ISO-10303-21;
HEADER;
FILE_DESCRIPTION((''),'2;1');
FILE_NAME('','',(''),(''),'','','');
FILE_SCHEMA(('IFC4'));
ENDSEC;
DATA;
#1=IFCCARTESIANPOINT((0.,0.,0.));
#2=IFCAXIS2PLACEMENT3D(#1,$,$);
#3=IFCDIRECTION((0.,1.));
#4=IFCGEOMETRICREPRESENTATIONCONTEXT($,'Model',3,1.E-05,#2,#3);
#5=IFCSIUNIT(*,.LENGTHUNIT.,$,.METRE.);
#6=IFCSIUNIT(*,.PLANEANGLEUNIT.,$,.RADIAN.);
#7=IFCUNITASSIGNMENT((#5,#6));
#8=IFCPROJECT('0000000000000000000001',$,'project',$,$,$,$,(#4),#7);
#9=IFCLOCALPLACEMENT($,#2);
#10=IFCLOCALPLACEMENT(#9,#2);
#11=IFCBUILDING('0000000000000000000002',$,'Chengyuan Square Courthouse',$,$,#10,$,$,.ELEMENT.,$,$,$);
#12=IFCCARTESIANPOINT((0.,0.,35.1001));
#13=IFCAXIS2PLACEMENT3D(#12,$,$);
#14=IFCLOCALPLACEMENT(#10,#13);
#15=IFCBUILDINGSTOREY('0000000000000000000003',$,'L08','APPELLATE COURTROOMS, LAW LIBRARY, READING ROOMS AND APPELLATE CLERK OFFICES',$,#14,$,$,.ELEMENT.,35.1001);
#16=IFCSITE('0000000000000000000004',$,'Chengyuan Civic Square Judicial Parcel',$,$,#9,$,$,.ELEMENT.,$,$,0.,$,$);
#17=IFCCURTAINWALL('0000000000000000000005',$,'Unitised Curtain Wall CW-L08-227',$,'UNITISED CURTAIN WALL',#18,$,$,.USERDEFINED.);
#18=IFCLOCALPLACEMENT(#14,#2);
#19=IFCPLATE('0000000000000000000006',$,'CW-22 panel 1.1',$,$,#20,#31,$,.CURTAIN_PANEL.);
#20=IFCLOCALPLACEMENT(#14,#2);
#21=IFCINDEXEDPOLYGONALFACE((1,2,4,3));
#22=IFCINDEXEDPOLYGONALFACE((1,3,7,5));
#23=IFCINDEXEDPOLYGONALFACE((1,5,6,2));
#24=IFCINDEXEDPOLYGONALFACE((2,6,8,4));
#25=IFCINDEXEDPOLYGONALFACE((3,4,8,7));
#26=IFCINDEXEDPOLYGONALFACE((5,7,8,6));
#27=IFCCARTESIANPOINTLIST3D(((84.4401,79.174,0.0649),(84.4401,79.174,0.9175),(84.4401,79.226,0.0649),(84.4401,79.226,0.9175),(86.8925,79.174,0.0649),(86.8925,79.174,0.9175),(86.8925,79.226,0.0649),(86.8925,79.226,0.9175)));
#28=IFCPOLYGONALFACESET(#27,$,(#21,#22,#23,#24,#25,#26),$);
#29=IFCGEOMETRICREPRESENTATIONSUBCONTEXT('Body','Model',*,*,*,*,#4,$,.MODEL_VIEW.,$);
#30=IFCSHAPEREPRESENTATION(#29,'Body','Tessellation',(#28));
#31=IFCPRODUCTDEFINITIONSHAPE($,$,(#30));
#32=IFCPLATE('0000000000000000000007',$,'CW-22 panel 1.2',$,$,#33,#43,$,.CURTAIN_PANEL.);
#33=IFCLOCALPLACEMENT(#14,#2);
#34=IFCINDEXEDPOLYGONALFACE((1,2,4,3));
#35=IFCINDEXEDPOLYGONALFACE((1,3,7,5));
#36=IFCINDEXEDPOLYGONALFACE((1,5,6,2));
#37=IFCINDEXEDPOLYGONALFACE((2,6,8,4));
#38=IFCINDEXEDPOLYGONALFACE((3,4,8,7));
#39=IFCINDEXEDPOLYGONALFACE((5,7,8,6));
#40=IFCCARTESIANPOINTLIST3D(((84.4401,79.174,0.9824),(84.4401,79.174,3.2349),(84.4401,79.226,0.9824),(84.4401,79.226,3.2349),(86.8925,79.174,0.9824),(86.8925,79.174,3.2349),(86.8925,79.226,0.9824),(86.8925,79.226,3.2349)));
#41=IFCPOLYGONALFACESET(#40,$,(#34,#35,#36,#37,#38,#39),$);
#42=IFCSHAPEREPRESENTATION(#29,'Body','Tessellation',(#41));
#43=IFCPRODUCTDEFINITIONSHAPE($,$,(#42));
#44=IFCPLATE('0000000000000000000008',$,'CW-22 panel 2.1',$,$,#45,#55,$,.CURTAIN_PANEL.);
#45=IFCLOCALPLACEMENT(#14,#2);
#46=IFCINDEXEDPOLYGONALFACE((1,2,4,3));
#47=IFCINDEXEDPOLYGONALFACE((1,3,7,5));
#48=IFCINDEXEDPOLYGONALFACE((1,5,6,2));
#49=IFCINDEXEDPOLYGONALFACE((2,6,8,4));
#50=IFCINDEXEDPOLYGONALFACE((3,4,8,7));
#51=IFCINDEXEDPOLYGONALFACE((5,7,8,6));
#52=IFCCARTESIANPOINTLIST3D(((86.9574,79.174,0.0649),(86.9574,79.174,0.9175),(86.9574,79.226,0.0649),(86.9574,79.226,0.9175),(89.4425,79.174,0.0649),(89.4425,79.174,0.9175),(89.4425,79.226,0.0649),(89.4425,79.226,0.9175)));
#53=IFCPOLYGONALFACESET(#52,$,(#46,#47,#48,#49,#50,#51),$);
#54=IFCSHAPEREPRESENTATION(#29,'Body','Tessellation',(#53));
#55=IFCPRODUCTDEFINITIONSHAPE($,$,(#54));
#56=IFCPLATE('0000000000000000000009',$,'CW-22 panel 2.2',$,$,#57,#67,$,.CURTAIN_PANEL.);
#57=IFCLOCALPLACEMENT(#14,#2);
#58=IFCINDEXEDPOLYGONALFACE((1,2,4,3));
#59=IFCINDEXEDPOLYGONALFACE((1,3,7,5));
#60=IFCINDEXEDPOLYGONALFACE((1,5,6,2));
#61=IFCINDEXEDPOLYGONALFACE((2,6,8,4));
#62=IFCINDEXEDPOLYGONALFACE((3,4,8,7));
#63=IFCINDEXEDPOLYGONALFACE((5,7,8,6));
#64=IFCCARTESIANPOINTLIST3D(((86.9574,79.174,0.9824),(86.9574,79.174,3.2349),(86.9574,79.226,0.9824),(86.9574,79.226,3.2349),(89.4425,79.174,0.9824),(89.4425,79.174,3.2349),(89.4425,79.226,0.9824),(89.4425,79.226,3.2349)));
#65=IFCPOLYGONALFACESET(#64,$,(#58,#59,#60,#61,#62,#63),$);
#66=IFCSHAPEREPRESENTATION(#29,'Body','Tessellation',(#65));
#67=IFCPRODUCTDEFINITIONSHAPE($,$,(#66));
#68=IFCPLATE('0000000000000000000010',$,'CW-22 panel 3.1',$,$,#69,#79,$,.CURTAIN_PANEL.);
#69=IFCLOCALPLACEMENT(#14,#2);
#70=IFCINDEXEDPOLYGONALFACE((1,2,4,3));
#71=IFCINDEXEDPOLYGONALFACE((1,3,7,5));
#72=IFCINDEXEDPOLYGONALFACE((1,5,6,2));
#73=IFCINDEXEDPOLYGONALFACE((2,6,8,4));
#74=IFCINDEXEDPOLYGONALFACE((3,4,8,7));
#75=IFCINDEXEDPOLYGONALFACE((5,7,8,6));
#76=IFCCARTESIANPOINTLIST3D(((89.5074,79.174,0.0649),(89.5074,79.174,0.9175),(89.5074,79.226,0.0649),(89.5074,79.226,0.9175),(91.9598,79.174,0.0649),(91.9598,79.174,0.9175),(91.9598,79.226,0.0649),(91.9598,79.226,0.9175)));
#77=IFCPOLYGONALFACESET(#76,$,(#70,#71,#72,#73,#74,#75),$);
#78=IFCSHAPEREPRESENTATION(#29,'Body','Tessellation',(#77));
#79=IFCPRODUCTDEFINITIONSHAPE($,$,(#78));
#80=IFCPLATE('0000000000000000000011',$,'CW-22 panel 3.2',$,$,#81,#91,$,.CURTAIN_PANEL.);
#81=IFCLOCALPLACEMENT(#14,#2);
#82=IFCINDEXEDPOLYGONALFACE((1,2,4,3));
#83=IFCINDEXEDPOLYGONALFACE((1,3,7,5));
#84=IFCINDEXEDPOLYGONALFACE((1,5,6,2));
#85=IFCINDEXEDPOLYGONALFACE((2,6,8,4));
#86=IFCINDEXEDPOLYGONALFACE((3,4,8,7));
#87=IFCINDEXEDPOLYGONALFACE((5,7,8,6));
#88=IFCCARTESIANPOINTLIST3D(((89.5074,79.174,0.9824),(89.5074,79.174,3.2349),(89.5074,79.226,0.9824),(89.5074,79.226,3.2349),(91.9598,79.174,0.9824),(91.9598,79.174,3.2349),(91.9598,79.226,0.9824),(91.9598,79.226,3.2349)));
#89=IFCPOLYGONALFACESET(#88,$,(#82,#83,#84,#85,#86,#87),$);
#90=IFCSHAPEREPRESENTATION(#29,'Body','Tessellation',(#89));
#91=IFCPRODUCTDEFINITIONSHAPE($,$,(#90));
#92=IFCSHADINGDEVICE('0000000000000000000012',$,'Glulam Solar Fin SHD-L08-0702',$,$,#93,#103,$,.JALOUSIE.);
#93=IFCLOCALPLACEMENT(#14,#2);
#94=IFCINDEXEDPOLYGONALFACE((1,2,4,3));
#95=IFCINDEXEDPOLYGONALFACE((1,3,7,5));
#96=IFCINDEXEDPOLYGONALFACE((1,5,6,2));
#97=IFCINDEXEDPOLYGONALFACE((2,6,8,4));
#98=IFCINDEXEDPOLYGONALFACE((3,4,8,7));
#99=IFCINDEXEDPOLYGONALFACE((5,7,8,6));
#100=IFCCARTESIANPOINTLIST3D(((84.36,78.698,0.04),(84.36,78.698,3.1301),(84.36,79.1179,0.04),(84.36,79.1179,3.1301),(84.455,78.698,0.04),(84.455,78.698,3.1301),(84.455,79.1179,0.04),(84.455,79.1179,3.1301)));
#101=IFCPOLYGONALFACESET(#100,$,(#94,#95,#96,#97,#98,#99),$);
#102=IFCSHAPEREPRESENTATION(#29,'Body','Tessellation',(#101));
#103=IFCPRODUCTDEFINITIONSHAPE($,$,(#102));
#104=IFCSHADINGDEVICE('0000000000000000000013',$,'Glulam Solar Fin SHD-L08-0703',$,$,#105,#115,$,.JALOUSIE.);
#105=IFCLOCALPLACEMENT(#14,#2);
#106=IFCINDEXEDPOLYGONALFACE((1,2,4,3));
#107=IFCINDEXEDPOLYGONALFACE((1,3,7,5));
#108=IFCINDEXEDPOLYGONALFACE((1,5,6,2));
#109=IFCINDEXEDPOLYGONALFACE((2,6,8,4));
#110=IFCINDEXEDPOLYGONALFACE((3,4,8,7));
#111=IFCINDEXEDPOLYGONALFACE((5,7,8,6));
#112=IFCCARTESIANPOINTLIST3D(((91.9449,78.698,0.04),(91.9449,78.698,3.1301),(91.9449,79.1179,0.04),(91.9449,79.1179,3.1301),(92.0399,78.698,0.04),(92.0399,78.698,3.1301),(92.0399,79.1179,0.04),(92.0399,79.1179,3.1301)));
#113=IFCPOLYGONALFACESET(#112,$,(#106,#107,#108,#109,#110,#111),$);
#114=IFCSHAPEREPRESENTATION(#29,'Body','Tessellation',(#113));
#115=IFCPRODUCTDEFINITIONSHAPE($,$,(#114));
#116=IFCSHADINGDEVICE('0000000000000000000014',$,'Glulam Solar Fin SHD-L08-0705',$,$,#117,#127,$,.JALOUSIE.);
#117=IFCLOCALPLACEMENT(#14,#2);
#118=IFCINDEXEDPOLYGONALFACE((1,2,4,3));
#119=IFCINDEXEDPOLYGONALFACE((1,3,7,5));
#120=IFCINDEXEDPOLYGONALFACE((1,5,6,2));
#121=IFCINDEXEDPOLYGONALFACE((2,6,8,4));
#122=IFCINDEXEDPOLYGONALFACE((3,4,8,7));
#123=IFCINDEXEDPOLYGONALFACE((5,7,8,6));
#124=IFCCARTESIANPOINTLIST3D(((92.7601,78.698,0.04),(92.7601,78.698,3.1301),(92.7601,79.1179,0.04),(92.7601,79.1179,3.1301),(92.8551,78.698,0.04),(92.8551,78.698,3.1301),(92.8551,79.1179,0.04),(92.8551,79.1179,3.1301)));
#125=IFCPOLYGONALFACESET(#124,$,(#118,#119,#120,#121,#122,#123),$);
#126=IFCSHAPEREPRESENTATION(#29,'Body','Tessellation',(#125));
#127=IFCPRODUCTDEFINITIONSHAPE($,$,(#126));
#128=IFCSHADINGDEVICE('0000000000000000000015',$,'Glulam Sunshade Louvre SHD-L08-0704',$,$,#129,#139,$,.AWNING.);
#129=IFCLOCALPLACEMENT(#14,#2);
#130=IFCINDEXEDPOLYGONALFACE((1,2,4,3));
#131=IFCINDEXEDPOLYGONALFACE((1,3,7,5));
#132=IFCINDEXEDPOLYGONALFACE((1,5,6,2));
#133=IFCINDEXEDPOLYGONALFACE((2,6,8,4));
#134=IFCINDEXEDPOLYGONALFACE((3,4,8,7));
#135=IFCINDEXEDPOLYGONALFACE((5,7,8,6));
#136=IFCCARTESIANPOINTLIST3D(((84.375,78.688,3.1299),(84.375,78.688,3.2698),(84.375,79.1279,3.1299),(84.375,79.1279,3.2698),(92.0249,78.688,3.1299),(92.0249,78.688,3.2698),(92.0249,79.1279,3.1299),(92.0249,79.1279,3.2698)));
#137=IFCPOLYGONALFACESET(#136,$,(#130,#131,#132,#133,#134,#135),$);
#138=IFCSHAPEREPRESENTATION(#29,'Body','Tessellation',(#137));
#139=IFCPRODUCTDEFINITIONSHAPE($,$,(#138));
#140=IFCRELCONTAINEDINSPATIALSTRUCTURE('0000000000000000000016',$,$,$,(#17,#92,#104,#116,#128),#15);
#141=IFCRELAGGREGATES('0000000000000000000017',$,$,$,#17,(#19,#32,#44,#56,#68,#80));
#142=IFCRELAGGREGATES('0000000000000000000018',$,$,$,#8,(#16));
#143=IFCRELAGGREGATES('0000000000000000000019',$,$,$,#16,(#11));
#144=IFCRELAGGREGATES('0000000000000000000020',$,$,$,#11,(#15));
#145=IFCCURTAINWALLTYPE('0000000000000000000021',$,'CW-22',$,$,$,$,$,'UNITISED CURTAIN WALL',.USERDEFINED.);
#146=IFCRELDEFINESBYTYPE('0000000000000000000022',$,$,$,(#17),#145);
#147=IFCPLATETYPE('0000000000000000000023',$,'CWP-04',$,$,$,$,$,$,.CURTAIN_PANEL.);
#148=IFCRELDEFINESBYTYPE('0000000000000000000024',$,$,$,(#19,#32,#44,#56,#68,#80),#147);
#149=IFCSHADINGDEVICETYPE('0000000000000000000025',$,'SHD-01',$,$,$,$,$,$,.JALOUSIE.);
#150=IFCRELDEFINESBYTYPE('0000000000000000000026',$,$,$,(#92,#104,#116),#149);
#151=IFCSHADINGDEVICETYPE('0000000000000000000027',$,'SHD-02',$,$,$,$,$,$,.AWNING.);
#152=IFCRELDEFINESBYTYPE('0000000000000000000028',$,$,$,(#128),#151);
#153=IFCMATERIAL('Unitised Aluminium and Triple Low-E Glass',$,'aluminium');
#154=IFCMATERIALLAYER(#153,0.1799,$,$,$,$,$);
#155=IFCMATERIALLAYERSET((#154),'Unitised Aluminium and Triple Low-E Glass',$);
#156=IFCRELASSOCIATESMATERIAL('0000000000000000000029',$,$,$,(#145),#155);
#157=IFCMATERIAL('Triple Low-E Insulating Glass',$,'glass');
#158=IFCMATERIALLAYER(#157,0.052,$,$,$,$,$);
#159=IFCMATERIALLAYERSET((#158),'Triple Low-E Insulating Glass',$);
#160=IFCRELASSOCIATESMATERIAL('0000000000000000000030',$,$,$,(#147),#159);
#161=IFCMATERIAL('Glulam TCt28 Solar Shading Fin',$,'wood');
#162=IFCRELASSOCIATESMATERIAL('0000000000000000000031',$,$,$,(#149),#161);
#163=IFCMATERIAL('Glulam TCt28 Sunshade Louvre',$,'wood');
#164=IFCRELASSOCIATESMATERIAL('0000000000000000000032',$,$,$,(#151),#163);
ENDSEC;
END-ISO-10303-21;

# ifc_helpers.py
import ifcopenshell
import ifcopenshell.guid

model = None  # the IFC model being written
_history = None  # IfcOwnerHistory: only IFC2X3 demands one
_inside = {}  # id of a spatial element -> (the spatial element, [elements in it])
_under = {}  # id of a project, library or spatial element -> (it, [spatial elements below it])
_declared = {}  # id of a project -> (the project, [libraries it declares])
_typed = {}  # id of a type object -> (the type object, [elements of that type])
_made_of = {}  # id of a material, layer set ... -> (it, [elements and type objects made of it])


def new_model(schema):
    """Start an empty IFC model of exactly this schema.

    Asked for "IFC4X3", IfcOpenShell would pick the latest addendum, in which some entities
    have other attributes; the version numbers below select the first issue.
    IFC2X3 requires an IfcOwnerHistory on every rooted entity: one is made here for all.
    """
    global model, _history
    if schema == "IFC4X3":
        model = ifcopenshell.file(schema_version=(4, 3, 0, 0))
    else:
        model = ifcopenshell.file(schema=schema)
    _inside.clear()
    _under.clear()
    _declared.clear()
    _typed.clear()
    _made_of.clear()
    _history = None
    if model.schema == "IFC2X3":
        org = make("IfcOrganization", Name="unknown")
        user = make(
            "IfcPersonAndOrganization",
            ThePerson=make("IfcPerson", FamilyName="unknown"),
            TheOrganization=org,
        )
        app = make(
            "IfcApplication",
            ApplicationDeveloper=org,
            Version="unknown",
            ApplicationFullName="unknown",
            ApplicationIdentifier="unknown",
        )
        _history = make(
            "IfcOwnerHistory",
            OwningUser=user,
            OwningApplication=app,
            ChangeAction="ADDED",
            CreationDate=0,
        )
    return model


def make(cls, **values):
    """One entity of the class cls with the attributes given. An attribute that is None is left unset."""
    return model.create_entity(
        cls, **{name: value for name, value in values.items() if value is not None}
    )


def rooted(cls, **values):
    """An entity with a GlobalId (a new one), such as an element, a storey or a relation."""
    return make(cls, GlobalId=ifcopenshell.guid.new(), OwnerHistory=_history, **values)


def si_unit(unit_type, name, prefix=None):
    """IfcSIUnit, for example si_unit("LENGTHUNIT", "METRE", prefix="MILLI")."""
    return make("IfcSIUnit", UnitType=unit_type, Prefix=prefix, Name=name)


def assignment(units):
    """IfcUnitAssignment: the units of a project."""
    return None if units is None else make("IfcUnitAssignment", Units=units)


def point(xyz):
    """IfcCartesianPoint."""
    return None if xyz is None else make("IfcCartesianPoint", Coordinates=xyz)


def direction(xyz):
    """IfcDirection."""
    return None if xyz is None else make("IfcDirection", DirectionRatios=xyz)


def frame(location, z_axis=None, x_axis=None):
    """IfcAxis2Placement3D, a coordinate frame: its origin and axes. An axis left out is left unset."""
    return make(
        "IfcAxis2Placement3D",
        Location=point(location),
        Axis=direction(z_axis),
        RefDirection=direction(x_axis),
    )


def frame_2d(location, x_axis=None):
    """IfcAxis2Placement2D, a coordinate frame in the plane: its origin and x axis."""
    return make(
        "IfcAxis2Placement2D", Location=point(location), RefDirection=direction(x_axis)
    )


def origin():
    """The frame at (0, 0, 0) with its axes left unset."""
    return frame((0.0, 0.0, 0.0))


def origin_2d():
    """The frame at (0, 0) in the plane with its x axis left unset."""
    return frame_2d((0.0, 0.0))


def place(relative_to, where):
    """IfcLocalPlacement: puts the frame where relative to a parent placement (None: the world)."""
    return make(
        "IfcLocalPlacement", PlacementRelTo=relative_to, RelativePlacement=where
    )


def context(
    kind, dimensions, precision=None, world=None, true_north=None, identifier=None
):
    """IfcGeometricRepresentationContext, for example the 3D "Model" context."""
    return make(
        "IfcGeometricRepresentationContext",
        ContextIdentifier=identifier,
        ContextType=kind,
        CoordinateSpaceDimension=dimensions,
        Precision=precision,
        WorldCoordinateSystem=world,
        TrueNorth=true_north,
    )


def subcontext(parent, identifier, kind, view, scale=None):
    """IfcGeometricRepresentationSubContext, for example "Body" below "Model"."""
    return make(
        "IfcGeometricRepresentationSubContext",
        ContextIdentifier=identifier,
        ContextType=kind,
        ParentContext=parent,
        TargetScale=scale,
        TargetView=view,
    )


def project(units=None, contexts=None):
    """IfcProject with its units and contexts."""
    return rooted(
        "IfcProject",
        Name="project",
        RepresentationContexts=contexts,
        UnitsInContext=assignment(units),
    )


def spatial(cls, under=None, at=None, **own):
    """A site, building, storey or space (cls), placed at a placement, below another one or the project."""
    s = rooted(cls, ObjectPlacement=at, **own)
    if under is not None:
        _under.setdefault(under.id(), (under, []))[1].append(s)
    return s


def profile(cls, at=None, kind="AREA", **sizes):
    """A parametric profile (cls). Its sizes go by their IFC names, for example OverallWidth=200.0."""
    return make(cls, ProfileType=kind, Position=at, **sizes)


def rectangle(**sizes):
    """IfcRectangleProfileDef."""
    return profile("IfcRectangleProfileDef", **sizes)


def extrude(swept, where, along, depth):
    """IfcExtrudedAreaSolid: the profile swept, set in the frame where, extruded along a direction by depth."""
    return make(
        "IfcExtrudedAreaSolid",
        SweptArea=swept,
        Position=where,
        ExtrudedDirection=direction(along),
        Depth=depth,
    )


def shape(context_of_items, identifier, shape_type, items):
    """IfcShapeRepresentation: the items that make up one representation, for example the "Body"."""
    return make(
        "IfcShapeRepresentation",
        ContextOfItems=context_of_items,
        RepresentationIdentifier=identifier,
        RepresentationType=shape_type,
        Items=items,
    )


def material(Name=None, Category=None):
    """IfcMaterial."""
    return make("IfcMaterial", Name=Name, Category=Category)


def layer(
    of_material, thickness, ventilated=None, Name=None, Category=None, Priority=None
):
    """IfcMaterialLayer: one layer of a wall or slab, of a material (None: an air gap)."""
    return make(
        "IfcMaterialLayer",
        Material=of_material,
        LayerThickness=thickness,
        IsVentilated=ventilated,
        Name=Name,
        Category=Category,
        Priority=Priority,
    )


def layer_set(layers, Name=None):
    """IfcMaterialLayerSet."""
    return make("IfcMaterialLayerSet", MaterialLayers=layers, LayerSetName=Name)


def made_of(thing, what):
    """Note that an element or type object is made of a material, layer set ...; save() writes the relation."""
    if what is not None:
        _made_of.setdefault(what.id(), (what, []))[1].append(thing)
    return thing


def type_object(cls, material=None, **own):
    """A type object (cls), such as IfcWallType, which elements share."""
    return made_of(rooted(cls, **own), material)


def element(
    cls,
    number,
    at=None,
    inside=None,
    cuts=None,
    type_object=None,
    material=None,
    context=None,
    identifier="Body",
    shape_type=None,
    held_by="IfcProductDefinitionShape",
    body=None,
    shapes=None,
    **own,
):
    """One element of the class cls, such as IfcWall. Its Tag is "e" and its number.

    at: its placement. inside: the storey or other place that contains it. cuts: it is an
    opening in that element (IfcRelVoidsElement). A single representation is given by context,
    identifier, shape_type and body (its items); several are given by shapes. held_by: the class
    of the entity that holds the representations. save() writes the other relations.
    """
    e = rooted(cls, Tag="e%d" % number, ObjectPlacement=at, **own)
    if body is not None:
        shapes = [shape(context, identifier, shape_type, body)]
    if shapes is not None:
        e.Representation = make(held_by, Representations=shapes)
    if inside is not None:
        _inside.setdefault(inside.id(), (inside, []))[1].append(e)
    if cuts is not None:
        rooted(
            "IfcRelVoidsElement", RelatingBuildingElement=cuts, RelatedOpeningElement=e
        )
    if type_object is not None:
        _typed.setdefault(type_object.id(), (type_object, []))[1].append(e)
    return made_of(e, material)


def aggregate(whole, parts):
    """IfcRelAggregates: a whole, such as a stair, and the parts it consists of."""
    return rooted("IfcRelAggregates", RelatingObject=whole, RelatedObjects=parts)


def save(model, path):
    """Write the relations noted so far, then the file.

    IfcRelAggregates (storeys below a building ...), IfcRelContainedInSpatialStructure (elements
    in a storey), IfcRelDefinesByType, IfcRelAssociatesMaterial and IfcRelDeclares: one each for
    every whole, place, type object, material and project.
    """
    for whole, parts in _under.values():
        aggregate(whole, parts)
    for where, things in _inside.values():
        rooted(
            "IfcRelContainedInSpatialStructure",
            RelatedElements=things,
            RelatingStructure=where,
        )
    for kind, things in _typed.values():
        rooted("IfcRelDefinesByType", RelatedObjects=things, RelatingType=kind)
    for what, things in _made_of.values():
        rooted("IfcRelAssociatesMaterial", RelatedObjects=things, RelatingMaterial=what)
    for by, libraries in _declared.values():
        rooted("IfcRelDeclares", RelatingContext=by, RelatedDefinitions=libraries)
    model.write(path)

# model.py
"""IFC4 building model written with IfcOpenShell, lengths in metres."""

from ifc_helpers import new_model, si_unit, direction, frame, origin, origin_2d, place, context, subcontext, project, spatial, rectangle, extrude, material, layer, layer_set, type_object, element, aggregate, save


model = new_model("IFC4")

# Units and contexts
model_context = context("Model", 3, precision=1e-05, world=origin(), true_north=direction((0.0, 1.0)))
body_context = subcontext(model_context, "Body", "Model", "MODEL_VIEW")
ifc_project = project(units=[si_unit("LENGTHUNIT", "METRE"), si_unit("PLANEANGLEUNIT", "RADIAN")], contexts=[model_context])

# Site, building, storey
site_placement = place(None, origin())
site = spatial("IfcSite", under=ifc_project, at=site_placement, Name="Chengyuan Civic Square Judicial Parcel", CompositionType="ELEMENT", RefElevation=0.0)
building_placement = place(site_placement, origin())
building = spatial("IfcBuilding", under=site, at=building_placement, Name="Chengyuan Square Courthouse", CompositionType="ELEMENT")
storey_placement = place(building_placement, frame((0.0, 0.0, 35.1001)))
storey = spatial("IfcBuildingStorey", under=building, at=storey_placement, Name="L08", Description="APPELLATE COURTROOMS, LAW LIBRARY, READING ROOMS AND APPELLATE CLERK OFFICES", CompositionType="ELEMENT", Elevation=35.1001)

# Curtain wall, plates
ifc_material_1 = material(Name="Unitised Aluminium and Triple Low-E Glass", Category="aluminium")
ifc_layer_1 = layer(ifc_material_1, 0.1799)
ifc_layer_set_1 = layer_set([ifc_layer_1], Name="Unitised Aluminium and Triple Low-E Glass")
curtain_wall_type = type_object("IfcCurtainWallType", Name="CW-22", ElementType="UNITISED CURTAIN WALL", PredefinedType="USERDEFINED", material=ifc_layer_set_1)
curtain_wall_placement = place(storey_placement, origin())
curtain_wall = element("IfcCurtainWall", 1, at=curtain_wall_placement, inside=storey, type_object=curtain_wall_type, Name="Unitised Curtain Wall CW-L08-227", ObjectType="UNITISED CURTAIN WALL", PredefinedType="USERDEFINED")
ifc_material_2 = material(Name="Triple Low-E Insulating Glass", Category="glass")
ifc_layer_2 = layer(ifc_material_2, 0.052)
ifc_layer_set_2 = layer_set([ifc_layer_2], Name="Triple Low-E Insulating Glass")
plate_type = type_object("IfcPlateType", Name="CWP-04", PredefinedType="CURTAIN_PANEL", material=ifc_layer_set_2)
plate_1_placement = place(storey_placement, frame((85.6663, 79.2, 0.0649), z_axis=(0.0, 0.0, 1.0), x_axis=(1.0, 0.0, 0.0)))
plate_1 = element("IfcPlate", 2, at=plate_1_placement, type_object=plate_type, Name="CW-22 panel 1.1", PredefinedType="CURTAIN_PANEL", context=body_context, shape_type="SweptSolid", body=[
    extrude(rectangle(XDim=2.4524, YDim=0.052, at=origin_2d()), origin(), (0.0, 0.0, 1.0), 0.8525),
])
plate_2_placement = place(storey_placement, frame((85.6663, 79.2, 0.9824), z_axis=(0.0, 0.0, 1.0), x_axis=(1.0, 0.0, 0.0)))
plate_2 = element("IfcPlate", 3, at=plate_2_placement, type_object=plate_type, Name="CW-22 panel 1.2", PredefinedType="CURTAIN_PANEL", context=body_context, shape_type="SweptSolid", body=[
    extrude(rectangle(XDim=2.4524, YDim=0.052, at=origin_2d()), origin(), (0.0, 0.0, 1.0), 2.2524),
])
plate_3_placement = place(storey_placement, frame((88.2, 79.2, 0.0649), z_axis=(0.0, 0.0, 1.0), x_axis=(1.0, 0.0, 0.0)))
plate_3 = element("IfcPlate", 4, at=plate_3_placement, type_object=plate_type, Name="CW-22 panel 2.1", PredefinedType="CURTAIN_PANEL", context=body_context, shape_type="SweptSolid", body=[
    extrude(rectangle(XDim=2.4851, YDim=0.052, at=origin_2d()), origin(), (0.0, 0.0, 1.0), 0.8525),
])
plate_4_placement = place(storey_placement, frame((88.2, 79.2, 0.9824), z_axis=(0.0, 0.0, 1.0), x_axis=(1.0, 0.0, 0.0)))
plate_4 = element("IfcPlate", 5, at=plate_4_placement, type_object=plate_type, Name="CW-22 panel 2.2", PredefinedType="CURTAIN_PANEL", context=body_context, shape_type="SweptSolid", body=[
    extrude(rectangle(XDim=2.4851, YDim=0.052, at=origin_2d()), origin(), (0.0, 0.0, 1.0), 2.2524),
])
plate_5_placement = place(storey_placement, frame((90.7336, 79.2, 0.0649), z_axis=(0.0, 0.0, 1.0), x_axis=(1.0, 0.0, 0.0)))
plate_5 = element("IfcPlate", 6, at=plate_5_placement, type_object=plate_type, Name="CW-22 panel 3.1", PredefinedType="CURTAIN_PANEL", context=body_context, shape_type="SweptSolid", body=[
    extrude(rectangle(XDim=2.4524, YDim=0.052, at=origin_2d()), origin(), (0.0, 0.0, 1.0), 0.8525),
])
plate_6_placement = place(storey_placement, frame((90.7336, 79.2, 0.9824), z_axis=(0.0, 0.0, 1.0), x_axis=(1.0, 0.0, 0.0)))
plate_6 = element("IfcPlate", 7, at=plate_6_placement, type_object=plate_type, Name="CW-22 panel 3.2", PredefinedType="CURTAIN_PANEL", context=body_context, shape_type="SweptSolid", body=[
    extrude(rectangle(XDim=2.4524, YDim=0.052, at=origin_2d()), origin(), (0.0, 0.0, 1.0), 2.2524),
])
aggregate(curtain_wall, [plate_1, plate_2, plate_3, plate_4, plate_5, plate_6])

# Shading devices
ifc_material_3 = material(Name="Glulam TCt28 Solar Shading Fin", Category="wood")
shading_device_type_1 = type_object("IfcShadingDeviceType", Name="SHD-01", PredefinedType="JALOUSIE", material=ifc_material_3)
for number, where, z_axis, x_axis, name in (
    (8, (84.4075, 78.908, 0.04), (0.0, 0.0, 1.0), (0.0, 1.0, 0.0), "Glulam Solar Fin SHD-L08-0702"),
    (9, (91.9924, 78.908, 0.04), (0.0, 0.0, 1.0), (0.0, 1.0, 0.0), "Glulam Solar Fin SHD-L08-0703"),
    (10, (92.8076, 78.908, 0.04), (0.0, 0.0, 1.0), (0.0, 1.0, 0.0), "Glulam Solar Fin SHD-L08-0705"),
):
    element("IfcShadingDevice", number, at=place(storey_placement, frame(where, z_axis=z_axis, x_axis=x_axis)), inside=storey, type_object=shading_device_type_1, Name=name, PredefinedType="JALOUSIE", context=body_context, shape_type="SweptSolid", body=[
        extrude(rectangle(XDim=0.4199, YDim=0.095, at=origin_2d()), origin(), (0.0, 0.0, 1.0), 3.0901),
    ])
ifc_material_4 = material(Name="Glulam TCt28 Sunshade Louvre", Category="wood")
shading_device_type_2 = type_object("IfcShadingDeviceType", Name="SHD-02", PredefinedType="AWNING", material=ifc_material_4)
shading_device_placement = place(storey_placement, frame((88.2, 78.908, 3.1299), z_axis=(0.0, 0.0, 1.0), x_axis=(1.0, 0.0, 0.0)))
element("IfcShadingDevice", 11, at=shading_device_placement, inside=storey, type_object=shading_device_type_2, Name="Glulam Sunshade Louvre SHD-L08-0704", PredefinedType="AWNING", context=body_context, shape_type="SweptSolid", body=[
    extrude(rectangle(XDim=7.6499, YDim=0.4399, at=origin_2d()), origin(), (0.0, 0.0, 1.0), 0.1399),
])

save(model, "model.ifc")
